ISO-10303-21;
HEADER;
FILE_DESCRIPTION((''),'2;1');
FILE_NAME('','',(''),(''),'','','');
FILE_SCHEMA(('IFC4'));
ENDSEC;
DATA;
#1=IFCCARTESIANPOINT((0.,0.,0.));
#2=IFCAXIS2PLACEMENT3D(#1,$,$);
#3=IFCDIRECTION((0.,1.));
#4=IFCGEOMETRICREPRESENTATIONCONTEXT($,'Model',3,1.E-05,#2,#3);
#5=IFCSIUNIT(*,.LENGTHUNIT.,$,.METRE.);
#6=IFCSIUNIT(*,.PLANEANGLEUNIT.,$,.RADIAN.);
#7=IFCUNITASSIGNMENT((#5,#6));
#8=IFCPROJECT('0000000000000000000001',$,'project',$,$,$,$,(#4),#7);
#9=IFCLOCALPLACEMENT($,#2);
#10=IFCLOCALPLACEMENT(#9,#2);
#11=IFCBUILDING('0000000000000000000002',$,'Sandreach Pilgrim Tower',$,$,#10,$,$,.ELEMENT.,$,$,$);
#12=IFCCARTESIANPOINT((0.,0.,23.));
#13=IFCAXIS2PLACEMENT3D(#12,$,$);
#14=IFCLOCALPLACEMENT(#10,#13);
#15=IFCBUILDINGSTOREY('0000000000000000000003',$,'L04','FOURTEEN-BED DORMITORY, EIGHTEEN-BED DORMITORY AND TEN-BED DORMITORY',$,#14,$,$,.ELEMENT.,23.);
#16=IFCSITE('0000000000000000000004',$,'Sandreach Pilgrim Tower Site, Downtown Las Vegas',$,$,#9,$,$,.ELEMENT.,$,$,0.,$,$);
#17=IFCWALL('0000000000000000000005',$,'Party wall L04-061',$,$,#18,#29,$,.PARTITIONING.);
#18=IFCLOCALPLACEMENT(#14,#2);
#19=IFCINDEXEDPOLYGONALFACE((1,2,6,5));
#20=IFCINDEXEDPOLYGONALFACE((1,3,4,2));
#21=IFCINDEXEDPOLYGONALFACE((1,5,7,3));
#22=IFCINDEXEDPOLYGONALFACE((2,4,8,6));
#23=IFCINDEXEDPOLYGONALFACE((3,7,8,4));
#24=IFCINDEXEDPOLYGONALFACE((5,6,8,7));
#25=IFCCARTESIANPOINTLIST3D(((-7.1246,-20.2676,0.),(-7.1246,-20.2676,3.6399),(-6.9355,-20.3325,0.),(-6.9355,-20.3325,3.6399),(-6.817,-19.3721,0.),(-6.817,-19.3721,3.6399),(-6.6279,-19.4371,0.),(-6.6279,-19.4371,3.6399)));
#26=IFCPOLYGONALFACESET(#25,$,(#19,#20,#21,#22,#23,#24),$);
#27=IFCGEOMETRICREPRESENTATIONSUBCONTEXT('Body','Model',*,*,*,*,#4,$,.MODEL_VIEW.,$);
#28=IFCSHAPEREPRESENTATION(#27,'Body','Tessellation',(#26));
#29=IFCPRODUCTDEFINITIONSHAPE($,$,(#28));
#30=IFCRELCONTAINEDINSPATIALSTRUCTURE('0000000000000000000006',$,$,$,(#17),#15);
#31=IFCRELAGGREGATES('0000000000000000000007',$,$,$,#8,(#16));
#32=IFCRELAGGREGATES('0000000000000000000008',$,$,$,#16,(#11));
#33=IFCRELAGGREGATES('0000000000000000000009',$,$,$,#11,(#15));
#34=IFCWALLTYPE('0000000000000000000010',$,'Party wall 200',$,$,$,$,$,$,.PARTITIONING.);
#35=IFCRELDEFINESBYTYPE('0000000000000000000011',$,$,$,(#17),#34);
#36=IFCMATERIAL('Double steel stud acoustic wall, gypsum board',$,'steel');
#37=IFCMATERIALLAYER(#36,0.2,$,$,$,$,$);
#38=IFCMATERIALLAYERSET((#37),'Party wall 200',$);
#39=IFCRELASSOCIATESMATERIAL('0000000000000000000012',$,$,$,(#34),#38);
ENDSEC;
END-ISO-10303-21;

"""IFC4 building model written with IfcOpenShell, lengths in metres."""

from ifc_helpers import new_model, si_unit, direction, frame, frame_2d, origin, place, context, subcontext, project, spatial, rectangle, extrude, material, layer, layer_set, type_object, element, save


model = new_model("IFC4")

# Units and contexts
model_context = context("Model", 3, precision=1e-05, world=origin(), true_north=direction((0.0, 1.0)))
body_context = subcontext(model_context, "Body", "Model", "MODEL_VIEW")
ifc_project = project(units=[si_unit("LENGTHUNIT", "METRE"), si_unit("PLANEANGLEUNIT", "RADIAN")], contexts=[model_context])

# Site, building, storey
site_placement = place(None, origin())
site = spatial("IfcSite", under=ifc_project, at=site_placement, Name="Sandreach Pilgrim Tower Site, Downtown Las Vegas", CompositionType="ELEMENT", RefElevation=0.0)
building_placement = place(site_placement, origin())
building = spatial("IfcBuilding", under=site, at=building_placement, Name="Sandreach Pilgrim Tower", CompositionType="ELEMENT")
storey_placement = place(building_placement, frame((0.0, 0.0, 23.0)))
storey = spatial("IfcBuildingStorey", under=building, at=storey_placement, Name="L04", Description="FOURTEEN-BED DORMITORY, EIGHTEEN-BED DORMITORY AND TEN-BED DORMITORY", CompositionType="ELEMENT", Elevation=23.0)

# Wall
ifc_material_1 = material(Name="Double steel stud acoustic wall, gypsum board", Category="steel")
ifc_layer_1 = layer(ifc_material_1, 0.2)
ifc_layer_set_1 = layer_set([ifc_layer_1], Name="Party wall 200")
wall_type_1 = type_object("IfcWallType", Name="Party wall 200", PredefinedType="PARTITIONING", material=ifc_layer_set_1)
wall_1_placement = place(storey_placement, frame((-7.03, -20.3, 0.0), z_axis=(0.0, 0.0, 1.0), x_axis=(0.324878, 0.945756, 0.0)))
element("IfcWall", 1, at=wall_1_placement, inside=storey, type_object=wall_type_1, Name="Party wall L04-061", PredefinedType="PARTITIONING", context=body_context, shape_type="SweptSolid", body=[
    extrude(rectangle(XDim=0.9468, YDim=0.2, at=frame_2d((0.4734, 0.0))), origin(), (0.0, 0.0, 1.0), 3.6399),
])

save(model, "model.ifc")
